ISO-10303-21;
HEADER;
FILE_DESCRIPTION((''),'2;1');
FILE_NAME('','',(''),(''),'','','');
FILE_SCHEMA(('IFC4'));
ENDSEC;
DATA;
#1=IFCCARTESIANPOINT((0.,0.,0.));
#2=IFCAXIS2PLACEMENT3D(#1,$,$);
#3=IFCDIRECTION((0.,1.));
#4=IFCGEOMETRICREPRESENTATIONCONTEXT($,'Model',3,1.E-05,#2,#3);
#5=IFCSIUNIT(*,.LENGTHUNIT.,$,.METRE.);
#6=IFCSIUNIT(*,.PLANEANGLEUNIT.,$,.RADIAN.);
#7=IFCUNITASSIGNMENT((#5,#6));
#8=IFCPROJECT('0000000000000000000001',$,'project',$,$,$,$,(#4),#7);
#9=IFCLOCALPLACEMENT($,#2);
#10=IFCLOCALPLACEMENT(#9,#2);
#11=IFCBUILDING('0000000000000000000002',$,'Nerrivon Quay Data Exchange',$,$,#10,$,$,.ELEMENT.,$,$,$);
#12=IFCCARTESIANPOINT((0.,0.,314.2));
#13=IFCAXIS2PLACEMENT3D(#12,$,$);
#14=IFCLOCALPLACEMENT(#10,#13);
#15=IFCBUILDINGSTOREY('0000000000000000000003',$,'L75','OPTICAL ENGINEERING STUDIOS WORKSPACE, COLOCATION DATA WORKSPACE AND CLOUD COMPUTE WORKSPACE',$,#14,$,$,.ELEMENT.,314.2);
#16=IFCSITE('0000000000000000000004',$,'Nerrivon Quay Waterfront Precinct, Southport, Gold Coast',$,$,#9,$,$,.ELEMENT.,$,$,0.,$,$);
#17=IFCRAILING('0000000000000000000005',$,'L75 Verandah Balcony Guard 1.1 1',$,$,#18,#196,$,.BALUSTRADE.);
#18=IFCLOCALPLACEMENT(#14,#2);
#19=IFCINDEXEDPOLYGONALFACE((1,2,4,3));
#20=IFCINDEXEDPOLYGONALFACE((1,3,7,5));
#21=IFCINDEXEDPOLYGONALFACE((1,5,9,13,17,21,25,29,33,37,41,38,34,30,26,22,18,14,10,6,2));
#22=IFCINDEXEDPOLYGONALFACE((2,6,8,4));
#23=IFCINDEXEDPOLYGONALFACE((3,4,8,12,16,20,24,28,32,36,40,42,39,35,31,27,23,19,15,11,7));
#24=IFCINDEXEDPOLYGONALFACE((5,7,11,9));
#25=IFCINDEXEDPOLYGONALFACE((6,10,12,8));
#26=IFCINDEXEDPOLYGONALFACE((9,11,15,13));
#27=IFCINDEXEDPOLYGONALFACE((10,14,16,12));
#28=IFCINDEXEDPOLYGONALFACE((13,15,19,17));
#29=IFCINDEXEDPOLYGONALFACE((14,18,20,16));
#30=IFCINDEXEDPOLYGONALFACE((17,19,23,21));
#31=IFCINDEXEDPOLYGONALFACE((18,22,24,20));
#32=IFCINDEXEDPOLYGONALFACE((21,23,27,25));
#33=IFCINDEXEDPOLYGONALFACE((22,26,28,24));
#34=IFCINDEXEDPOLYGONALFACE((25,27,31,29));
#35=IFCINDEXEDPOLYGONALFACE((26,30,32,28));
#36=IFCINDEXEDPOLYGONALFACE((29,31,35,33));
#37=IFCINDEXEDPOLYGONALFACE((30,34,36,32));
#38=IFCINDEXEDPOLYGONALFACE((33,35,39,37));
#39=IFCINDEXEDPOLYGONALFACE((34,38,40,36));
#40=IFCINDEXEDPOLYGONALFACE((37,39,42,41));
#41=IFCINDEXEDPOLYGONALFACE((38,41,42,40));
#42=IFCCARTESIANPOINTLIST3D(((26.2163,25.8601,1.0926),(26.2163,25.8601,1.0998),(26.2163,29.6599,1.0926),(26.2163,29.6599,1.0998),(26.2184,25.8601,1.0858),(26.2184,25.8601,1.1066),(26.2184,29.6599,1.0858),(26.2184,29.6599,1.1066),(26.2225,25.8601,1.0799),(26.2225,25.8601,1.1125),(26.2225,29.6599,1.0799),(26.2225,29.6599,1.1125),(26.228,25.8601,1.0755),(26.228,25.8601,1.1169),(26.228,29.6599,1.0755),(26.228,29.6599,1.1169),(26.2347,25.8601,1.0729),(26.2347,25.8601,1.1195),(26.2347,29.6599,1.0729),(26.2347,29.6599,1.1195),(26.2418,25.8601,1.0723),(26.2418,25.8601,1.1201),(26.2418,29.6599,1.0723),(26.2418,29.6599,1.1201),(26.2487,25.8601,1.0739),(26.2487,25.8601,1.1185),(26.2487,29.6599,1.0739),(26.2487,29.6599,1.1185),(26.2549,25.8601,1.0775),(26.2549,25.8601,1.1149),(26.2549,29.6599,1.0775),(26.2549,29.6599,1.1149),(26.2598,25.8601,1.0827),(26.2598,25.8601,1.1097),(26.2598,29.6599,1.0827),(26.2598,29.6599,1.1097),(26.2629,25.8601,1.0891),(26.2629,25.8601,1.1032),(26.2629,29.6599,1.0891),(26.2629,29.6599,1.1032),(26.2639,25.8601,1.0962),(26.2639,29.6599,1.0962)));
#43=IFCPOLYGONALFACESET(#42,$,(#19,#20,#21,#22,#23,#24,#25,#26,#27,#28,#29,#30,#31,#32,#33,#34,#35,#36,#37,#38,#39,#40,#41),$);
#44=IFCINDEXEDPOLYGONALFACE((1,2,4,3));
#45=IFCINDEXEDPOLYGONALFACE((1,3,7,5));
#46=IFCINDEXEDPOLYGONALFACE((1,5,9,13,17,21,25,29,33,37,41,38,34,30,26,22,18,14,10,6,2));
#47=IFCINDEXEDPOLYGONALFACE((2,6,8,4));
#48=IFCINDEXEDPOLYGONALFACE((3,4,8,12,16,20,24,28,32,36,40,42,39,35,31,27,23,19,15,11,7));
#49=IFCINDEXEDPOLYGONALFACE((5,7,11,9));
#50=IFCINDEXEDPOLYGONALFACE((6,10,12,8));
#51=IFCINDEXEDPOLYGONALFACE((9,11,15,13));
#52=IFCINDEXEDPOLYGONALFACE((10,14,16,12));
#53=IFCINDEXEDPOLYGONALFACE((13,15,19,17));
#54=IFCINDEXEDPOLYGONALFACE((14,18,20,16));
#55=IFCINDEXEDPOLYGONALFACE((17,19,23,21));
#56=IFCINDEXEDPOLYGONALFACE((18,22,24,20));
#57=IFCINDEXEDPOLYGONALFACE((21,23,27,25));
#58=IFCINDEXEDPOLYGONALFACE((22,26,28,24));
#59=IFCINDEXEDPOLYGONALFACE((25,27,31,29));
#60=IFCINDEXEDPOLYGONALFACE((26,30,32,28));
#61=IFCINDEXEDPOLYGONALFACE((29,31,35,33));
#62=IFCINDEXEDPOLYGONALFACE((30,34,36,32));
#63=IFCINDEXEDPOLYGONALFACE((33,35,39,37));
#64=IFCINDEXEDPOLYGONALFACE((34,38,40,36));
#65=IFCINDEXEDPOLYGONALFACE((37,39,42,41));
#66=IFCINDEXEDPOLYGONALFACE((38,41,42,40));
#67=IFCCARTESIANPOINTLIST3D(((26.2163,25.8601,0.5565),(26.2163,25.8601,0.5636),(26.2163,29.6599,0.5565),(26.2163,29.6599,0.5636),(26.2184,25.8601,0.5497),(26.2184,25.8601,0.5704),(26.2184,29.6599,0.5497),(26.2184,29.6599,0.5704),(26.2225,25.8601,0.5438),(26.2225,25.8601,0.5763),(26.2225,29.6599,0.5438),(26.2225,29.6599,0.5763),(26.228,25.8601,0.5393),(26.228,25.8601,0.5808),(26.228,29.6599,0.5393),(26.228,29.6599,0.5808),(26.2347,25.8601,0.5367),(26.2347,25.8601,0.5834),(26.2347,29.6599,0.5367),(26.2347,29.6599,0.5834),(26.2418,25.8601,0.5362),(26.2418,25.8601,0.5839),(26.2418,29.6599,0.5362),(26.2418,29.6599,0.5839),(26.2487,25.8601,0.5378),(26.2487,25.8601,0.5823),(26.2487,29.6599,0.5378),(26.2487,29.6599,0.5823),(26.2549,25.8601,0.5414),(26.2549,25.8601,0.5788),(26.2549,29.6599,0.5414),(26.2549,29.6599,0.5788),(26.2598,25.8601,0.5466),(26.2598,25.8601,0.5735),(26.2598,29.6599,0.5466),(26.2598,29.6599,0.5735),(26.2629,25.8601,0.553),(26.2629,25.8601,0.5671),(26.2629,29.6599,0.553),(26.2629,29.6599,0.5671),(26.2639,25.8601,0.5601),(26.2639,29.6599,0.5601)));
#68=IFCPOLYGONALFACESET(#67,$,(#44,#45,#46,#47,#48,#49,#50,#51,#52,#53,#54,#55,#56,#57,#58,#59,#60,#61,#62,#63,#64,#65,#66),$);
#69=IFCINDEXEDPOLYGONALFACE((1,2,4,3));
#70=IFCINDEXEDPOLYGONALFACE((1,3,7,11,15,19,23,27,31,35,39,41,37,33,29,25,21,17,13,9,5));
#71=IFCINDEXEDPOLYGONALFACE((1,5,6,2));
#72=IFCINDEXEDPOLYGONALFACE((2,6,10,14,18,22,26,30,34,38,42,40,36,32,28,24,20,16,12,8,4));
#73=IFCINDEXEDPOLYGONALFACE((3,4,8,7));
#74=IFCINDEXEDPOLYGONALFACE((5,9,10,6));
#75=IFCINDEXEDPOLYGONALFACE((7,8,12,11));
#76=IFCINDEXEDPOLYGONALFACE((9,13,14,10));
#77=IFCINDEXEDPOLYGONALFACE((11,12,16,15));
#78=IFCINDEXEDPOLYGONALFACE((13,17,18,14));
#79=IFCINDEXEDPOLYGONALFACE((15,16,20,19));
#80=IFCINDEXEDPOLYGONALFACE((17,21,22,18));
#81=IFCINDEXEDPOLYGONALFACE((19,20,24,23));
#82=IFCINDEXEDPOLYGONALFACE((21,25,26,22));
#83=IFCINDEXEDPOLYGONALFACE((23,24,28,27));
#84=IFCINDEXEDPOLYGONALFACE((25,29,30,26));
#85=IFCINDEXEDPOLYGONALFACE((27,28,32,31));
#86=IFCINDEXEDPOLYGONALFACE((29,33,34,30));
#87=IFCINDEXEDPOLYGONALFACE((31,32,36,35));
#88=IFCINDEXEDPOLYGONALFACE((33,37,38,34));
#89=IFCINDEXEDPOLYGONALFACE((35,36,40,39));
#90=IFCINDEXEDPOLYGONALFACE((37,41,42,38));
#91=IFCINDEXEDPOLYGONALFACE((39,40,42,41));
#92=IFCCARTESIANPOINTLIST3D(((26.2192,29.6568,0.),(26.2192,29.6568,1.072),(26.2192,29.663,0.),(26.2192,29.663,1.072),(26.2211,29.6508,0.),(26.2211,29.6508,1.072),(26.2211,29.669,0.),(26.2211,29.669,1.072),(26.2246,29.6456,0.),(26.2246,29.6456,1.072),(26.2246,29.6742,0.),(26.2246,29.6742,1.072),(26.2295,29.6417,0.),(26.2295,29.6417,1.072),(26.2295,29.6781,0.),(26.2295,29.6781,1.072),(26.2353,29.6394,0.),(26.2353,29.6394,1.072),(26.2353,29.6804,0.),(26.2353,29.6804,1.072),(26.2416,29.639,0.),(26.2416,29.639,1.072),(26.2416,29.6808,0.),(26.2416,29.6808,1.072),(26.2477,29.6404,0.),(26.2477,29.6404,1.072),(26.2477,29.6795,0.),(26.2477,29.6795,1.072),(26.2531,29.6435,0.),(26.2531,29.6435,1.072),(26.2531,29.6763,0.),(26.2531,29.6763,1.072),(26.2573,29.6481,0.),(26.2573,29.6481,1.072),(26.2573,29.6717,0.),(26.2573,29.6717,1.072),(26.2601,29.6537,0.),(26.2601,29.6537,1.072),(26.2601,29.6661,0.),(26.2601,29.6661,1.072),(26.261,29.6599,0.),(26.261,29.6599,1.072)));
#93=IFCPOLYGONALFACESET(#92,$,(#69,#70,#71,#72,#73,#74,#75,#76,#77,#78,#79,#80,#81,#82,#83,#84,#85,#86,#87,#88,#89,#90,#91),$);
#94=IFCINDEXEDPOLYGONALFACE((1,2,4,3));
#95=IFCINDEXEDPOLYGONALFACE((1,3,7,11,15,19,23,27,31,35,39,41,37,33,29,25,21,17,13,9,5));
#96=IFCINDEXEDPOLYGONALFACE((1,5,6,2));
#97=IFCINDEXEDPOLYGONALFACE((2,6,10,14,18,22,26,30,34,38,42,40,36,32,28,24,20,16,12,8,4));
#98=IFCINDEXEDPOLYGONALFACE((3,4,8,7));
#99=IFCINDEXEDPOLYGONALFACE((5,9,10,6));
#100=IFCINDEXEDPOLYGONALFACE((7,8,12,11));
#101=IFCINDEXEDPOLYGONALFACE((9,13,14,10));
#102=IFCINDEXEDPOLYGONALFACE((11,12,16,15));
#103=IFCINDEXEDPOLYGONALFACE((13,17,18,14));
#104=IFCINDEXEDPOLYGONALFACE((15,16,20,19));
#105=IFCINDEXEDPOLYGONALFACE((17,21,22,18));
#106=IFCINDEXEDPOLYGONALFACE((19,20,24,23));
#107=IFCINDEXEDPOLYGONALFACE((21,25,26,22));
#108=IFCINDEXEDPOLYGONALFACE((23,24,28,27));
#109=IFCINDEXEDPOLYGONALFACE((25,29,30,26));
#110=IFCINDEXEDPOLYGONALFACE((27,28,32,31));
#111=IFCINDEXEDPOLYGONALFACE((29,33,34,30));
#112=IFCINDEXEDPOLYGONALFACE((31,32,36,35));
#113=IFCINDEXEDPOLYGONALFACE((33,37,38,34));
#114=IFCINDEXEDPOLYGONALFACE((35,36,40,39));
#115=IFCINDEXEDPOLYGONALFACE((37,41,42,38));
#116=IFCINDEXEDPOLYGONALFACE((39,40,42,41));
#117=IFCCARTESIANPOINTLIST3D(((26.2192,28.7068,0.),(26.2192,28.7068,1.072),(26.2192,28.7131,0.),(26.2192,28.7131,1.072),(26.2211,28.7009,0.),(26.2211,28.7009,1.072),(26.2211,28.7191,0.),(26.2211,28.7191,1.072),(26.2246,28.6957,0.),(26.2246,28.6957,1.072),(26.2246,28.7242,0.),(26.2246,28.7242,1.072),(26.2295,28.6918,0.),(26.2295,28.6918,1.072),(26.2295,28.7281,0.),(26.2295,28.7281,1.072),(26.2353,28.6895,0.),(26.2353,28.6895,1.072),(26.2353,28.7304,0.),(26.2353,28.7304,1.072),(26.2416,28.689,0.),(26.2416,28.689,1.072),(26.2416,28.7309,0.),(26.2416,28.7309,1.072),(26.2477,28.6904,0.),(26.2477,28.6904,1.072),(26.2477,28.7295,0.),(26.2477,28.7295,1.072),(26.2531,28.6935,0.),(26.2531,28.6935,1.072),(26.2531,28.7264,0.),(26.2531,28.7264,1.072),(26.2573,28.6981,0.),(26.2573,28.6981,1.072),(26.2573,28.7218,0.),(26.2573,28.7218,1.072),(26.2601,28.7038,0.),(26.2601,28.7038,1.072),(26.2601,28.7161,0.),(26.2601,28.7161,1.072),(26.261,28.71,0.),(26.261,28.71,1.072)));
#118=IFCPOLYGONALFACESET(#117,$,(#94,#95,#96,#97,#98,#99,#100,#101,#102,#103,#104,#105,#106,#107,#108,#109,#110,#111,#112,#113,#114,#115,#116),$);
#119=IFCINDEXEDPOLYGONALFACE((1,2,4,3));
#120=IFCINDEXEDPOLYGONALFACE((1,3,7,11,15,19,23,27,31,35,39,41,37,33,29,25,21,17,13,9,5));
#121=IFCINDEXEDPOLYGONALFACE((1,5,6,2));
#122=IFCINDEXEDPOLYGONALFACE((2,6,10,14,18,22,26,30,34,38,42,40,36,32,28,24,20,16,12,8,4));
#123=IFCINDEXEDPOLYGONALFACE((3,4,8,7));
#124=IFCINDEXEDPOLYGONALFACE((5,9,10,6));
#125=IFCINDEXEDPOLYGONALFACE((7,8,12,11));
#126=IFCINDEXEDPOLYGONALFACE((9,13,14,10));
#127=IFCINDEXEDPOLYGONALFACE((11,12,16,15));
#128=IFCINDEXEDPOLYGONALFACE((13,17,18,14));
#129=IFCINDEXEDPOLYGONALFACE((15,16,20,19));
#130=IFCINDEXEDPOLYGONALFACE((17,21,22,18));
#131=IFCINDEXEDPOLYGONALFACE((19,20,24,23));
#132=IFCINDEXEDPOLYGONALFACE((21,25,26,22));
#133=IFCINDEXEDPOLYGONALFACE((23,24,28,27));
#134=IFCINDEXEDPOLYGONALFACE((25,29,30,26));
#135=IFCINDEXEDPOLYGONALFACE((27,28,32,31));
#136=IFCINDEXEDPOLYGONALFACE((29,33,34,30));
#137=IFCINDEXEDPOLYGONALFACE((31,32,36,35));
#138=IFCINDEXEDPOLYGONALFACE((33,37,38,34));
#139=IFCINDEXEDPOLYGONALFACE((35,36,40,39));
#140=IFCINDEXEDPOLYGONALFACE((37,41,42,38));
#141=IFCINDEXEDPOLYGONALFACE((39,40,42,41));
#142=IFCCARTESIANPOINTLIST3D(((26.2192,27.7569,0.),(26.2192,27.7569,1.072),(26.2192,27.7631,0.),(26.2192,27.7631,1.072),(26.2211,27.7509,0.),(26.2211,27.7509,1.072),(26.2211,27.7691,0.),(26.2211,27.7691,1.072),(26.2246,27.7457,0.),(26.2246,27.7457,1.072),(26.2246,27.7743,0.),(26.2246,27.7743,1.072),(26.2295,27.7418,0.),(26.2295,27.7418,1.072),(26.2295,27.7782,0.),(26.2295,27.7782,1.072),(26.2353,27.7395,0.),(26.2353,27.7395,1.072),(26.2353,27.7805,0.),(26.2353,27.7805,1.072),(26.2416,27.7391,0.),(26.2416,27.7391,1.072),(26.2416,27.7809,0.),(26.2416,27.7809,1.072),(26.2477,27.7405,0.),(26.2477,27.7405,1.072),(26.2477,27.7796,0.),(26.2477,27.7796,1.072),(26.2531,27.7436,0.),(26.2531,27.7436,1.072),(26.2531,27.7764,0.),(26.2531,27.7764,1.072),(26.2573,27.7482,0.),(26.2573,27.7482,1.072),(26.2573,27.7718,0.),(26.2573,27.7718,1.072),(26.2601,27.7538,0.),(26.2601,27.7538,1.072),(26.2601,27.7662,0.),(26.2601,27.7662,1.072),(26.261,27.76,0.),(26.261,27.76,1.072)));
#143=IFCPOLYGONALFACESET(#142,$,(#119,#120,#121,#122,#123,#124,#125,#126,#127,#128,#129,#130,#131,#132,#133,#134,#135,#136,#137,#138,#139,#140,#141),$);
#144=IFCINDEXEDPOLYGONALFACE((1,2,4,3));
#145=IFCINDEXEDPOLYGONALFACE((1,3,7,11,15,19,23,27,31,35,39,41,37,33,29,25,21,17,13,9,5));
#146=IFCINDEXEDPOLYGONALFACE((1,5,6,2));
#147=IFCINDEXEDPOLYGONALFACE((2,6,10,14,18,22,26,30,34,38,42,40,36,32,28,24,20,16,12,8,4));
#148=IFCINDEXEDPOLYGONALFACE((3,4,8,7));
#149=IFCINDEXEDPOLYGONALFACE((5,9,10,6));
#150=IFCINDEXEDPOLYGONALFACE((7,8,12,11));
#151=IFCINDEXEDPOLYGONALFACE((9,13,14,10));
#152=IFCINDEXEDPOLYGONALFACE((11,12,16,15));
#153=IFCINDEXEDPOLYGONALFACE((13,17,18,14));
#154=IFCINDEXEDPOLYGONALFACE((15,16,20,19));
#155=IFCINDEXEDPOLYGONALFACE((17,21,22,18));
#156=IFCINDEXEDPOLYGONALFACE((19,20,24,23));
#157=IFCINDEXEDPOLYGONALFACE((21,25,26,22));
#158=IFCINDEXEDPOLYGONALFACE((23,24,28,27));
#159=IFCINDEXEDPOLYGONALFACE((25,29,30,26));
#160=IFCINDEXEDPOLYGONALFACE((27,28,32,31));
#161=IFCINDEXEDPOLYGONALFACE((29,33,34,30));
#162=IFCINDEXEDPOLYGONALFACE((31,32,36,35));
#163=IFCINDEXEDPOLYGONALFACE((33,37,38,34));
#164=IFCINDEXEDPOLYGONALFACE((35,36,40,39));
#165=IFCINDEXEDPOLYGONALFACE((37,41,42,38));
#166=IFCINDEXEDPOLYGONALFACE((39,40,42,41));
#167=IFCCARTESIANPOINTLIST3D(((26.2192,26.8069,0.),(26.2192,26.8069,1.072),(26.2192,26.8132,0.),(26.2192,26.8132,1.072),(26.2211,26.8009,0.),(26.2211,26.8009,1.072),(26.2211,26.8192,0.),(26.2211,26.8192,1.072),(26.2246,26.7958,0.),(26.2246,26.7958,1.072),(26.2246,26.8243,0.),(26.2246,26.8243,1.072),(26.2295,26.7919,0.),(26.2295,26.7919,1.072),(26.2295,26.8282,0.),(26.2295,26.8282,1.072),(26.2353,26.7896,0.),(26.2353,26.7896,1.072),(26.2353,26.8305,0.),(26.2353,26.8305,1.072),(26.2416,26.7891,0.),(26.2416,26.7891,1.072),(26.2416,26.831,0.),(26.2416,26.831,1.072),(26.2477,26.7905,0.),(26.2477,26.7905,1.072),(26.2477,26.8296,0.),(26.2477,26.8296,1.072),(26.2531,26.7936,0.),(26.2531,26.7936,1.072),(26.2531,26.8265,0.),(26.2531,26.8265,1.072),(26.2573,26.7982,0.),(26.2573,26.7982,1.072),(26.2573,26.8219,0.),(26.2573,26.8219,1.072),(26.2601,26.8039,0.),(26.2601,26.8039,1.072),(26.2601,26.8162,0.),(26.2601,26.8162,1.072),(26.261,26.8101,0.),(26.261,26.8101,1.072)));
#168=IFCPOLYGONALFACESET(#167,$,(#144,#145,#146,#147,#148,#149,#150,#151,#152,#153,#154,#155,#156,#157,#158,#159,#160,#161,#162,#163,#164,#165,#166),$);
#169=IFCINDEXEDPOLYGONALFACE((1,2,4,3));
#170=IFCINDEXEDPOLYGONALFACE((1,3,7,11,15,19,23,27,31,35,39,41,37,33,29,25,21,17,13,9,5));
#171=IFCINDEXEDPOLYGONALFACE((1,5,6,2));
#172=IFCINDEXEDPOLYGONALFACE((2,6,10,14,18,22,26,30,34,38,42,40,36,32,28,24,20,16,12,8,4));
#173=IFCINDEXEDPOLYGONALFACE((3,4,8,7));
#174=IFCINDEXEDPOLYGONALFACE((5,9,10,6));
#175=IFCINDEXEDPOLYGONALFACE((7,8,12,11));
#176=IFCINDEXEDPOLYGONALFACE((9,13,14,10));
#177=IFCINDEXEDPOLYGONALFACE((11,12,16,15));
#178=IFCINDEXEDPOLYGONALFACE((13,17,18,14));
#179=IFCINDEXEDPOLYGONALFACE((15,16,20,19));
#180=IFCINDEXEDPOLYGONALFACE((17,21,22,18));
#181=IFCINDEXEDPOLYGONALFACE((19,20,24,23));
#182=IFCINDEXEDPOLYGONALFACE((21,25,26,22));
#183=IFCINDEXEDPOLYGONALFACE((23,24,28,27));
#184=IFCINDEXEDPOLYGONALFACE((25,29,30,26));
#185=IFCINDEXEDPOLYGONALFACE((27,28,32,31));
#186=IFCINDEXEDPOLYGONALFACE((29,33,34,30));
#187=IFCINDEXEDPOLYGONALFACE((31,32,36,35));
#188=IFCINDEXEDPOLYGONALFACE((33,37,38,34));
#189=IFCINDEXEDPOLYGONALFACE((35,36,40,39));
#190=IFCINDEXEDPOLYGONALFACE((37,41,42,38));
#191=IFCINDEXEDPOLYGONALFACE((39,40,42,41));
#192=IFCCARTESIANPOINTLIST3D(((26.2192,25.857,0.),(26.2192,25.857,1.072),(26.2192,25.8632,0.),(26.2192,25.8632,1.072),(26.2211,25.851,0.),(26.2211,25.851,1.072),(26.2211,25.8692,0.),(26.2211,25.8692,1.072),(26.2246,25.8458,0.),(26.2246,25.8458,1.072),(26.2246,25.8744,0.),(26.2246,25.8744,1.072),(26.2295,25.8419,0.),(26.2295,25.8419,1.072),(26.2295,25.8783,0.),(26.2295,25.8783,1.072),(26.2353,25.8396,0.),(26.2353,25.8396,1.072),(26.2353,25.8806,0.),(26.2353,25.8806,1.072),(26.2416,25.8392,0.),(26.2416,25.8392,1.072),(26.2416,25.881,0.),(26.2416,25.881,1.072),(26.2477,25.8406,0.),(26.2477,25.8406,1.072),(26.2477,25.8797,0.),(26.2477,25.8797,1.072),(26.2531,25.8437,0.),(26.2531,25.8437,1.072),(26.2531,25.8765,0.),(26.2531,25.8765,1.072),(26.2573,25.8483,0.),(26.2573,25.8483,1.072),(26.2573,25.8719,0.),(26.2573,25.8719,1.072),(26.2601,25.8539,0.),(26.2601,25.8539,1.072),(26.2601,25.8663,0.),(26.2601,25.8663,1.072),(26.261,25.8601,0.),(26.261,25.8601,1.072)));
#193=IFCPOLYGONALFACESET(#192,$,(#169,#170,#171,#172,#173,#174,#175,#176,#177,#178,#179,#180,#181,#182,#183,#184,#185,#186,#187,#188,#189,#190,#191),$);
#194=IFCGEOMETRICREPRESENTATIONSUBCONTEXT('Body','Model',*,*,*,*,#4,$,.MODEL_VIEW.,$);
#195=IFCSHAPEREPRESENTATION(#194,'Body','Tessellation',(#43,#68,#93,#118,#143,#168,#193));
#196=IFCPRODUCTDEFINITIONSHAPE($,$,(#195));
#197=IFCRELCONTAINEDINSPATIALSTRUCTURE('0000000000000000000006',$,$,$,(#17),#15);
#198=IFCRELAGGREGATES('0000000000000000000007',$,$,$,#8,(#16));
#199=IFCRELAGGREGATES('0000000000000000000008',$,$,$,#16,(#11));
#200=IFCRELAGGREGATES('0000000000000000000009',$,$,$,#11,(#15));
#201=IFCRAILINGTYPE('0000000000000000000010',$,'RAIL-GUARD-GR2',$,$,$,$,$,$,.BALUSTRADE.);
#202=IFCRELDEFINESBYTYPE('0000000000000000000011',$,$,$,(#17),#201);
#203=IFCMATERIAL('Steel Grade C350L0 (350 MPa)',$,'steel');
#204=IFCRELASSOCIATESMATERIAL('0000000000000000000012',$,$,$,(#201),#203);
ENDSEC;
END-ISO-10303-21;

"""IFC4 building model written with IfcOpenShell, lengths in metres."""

from ifc_helpers import new_model, si_unit, direction, frame, origin, origin_2d, place, context, subcontext, project, spatial, circle, extrude, material, type_object, element, save


model = new_model("IFC4")

# Units and contexts
model_context = context("Model", 3, precision=1e-05, world=origin(), true_north=direction((0.0, 1.0)))
body_context = subcontext(model_context, "Body", "Model", "MODEL_VIEW")
ifc_project = project(units=[si_unit("LENGTHUNIT", "METRE"), si_unit("PLANEANGLEUNIT", "RADIAN")], contexts=[model_context])

# Site, building, storey
site_placement = place(None, origin())
site = spatial("IfcSite", under=ifc_project, at=site_placement, Name="Nerrivon Quay Waterfront Precinct, Southport, Gold Coast", CompositionType="ELEMENT", RefElevation=0.0)
building_placement = place(site_placement, origin())
building = spatial("IfcBuilding", under=site, at=building_placement, Name="Nerrivon Quay Data Exchange", CompositionType="ELEMENT")
storey_placement = place(building_placement, frame((0.0, 0.0, 314.2)))
storey = spatial("IfcBuildingStorey", under=building, at=storey_placement, Name="L75", Description="OPTICAL ENGINEERING STUDIOS WORKSPACE, COLOCATION DATA WORKSPACE AND CLOUD COMPUTE WORKSPACE", CompositionType="ELEMENT", Elevation=314.2)

# Railing
ifc_material_1 = material(Name="Steel Grade C350L0 (350 MPa)", Category="steel")
railing_type = type_object("IfcRailingType", Name="RAIL-GUARD-GR2", PredefinedType="BALUSTRADE", material=ifc_material_1)
railing_1_placement = place(storey_placement, frame((26.24, 29.6599, 0.0)))
element("IfcRailing", 1, at=railing_1_placement, inside=storey, type_object=railing_type, Name="L75 Verandah Balcony Guard 1.1 1", PredefinedType="BALUSTRADE", context=body_context, shape_type="SweptSolid", body=[
    extrude(circle(Radius=0.0239, at=origin_2d()), frame((0.0, 0.0, 1.0962), z_axis=(0.0, -1.0, 0.0), x_axis=(1.0, 0.0, 0.0)), (0.0, 0.0, 1.0), 3.7998),
    extrude(circle(Radius=0.0239, at=origin_2d()), frame((0.0, 0.0, 0.5601), z_axis=(0.0, -1.0, 0.0), x_axis=(1.0, 0.0, 0.0)), (0.0, 0.0, 1.0), 3.7998),
    extrude(circle(Radius=0.021, at=origin_2d()), origin(), (0.0, 0.0, 1.0), 1.072),
    extrude(circle(Radius=0.021, at=origin_2d()), frame((0.0, -0.95, 0.0)), (0.0, 0.0, 1.0), 1.072),
    extrude(circle(Radius=0.021, at=origin_2d()), frame((0.0, -1.8999, 0.0)), (0.0, 0.0, 1.0), 1.072),
    extrude(circle(Radius=0.021, at=origin_2d()), frame((0.0, -2.8499, 0.0)), (0.0, 0.0, 1.0), 1.072),
    extrude(circle(Radius=0.021, at=origin_2d()), frame((0.0, -3.7998, 0.0)), (0.0, 0.0, 1.0), 1.072),
])

save(model, "model.ifc")
